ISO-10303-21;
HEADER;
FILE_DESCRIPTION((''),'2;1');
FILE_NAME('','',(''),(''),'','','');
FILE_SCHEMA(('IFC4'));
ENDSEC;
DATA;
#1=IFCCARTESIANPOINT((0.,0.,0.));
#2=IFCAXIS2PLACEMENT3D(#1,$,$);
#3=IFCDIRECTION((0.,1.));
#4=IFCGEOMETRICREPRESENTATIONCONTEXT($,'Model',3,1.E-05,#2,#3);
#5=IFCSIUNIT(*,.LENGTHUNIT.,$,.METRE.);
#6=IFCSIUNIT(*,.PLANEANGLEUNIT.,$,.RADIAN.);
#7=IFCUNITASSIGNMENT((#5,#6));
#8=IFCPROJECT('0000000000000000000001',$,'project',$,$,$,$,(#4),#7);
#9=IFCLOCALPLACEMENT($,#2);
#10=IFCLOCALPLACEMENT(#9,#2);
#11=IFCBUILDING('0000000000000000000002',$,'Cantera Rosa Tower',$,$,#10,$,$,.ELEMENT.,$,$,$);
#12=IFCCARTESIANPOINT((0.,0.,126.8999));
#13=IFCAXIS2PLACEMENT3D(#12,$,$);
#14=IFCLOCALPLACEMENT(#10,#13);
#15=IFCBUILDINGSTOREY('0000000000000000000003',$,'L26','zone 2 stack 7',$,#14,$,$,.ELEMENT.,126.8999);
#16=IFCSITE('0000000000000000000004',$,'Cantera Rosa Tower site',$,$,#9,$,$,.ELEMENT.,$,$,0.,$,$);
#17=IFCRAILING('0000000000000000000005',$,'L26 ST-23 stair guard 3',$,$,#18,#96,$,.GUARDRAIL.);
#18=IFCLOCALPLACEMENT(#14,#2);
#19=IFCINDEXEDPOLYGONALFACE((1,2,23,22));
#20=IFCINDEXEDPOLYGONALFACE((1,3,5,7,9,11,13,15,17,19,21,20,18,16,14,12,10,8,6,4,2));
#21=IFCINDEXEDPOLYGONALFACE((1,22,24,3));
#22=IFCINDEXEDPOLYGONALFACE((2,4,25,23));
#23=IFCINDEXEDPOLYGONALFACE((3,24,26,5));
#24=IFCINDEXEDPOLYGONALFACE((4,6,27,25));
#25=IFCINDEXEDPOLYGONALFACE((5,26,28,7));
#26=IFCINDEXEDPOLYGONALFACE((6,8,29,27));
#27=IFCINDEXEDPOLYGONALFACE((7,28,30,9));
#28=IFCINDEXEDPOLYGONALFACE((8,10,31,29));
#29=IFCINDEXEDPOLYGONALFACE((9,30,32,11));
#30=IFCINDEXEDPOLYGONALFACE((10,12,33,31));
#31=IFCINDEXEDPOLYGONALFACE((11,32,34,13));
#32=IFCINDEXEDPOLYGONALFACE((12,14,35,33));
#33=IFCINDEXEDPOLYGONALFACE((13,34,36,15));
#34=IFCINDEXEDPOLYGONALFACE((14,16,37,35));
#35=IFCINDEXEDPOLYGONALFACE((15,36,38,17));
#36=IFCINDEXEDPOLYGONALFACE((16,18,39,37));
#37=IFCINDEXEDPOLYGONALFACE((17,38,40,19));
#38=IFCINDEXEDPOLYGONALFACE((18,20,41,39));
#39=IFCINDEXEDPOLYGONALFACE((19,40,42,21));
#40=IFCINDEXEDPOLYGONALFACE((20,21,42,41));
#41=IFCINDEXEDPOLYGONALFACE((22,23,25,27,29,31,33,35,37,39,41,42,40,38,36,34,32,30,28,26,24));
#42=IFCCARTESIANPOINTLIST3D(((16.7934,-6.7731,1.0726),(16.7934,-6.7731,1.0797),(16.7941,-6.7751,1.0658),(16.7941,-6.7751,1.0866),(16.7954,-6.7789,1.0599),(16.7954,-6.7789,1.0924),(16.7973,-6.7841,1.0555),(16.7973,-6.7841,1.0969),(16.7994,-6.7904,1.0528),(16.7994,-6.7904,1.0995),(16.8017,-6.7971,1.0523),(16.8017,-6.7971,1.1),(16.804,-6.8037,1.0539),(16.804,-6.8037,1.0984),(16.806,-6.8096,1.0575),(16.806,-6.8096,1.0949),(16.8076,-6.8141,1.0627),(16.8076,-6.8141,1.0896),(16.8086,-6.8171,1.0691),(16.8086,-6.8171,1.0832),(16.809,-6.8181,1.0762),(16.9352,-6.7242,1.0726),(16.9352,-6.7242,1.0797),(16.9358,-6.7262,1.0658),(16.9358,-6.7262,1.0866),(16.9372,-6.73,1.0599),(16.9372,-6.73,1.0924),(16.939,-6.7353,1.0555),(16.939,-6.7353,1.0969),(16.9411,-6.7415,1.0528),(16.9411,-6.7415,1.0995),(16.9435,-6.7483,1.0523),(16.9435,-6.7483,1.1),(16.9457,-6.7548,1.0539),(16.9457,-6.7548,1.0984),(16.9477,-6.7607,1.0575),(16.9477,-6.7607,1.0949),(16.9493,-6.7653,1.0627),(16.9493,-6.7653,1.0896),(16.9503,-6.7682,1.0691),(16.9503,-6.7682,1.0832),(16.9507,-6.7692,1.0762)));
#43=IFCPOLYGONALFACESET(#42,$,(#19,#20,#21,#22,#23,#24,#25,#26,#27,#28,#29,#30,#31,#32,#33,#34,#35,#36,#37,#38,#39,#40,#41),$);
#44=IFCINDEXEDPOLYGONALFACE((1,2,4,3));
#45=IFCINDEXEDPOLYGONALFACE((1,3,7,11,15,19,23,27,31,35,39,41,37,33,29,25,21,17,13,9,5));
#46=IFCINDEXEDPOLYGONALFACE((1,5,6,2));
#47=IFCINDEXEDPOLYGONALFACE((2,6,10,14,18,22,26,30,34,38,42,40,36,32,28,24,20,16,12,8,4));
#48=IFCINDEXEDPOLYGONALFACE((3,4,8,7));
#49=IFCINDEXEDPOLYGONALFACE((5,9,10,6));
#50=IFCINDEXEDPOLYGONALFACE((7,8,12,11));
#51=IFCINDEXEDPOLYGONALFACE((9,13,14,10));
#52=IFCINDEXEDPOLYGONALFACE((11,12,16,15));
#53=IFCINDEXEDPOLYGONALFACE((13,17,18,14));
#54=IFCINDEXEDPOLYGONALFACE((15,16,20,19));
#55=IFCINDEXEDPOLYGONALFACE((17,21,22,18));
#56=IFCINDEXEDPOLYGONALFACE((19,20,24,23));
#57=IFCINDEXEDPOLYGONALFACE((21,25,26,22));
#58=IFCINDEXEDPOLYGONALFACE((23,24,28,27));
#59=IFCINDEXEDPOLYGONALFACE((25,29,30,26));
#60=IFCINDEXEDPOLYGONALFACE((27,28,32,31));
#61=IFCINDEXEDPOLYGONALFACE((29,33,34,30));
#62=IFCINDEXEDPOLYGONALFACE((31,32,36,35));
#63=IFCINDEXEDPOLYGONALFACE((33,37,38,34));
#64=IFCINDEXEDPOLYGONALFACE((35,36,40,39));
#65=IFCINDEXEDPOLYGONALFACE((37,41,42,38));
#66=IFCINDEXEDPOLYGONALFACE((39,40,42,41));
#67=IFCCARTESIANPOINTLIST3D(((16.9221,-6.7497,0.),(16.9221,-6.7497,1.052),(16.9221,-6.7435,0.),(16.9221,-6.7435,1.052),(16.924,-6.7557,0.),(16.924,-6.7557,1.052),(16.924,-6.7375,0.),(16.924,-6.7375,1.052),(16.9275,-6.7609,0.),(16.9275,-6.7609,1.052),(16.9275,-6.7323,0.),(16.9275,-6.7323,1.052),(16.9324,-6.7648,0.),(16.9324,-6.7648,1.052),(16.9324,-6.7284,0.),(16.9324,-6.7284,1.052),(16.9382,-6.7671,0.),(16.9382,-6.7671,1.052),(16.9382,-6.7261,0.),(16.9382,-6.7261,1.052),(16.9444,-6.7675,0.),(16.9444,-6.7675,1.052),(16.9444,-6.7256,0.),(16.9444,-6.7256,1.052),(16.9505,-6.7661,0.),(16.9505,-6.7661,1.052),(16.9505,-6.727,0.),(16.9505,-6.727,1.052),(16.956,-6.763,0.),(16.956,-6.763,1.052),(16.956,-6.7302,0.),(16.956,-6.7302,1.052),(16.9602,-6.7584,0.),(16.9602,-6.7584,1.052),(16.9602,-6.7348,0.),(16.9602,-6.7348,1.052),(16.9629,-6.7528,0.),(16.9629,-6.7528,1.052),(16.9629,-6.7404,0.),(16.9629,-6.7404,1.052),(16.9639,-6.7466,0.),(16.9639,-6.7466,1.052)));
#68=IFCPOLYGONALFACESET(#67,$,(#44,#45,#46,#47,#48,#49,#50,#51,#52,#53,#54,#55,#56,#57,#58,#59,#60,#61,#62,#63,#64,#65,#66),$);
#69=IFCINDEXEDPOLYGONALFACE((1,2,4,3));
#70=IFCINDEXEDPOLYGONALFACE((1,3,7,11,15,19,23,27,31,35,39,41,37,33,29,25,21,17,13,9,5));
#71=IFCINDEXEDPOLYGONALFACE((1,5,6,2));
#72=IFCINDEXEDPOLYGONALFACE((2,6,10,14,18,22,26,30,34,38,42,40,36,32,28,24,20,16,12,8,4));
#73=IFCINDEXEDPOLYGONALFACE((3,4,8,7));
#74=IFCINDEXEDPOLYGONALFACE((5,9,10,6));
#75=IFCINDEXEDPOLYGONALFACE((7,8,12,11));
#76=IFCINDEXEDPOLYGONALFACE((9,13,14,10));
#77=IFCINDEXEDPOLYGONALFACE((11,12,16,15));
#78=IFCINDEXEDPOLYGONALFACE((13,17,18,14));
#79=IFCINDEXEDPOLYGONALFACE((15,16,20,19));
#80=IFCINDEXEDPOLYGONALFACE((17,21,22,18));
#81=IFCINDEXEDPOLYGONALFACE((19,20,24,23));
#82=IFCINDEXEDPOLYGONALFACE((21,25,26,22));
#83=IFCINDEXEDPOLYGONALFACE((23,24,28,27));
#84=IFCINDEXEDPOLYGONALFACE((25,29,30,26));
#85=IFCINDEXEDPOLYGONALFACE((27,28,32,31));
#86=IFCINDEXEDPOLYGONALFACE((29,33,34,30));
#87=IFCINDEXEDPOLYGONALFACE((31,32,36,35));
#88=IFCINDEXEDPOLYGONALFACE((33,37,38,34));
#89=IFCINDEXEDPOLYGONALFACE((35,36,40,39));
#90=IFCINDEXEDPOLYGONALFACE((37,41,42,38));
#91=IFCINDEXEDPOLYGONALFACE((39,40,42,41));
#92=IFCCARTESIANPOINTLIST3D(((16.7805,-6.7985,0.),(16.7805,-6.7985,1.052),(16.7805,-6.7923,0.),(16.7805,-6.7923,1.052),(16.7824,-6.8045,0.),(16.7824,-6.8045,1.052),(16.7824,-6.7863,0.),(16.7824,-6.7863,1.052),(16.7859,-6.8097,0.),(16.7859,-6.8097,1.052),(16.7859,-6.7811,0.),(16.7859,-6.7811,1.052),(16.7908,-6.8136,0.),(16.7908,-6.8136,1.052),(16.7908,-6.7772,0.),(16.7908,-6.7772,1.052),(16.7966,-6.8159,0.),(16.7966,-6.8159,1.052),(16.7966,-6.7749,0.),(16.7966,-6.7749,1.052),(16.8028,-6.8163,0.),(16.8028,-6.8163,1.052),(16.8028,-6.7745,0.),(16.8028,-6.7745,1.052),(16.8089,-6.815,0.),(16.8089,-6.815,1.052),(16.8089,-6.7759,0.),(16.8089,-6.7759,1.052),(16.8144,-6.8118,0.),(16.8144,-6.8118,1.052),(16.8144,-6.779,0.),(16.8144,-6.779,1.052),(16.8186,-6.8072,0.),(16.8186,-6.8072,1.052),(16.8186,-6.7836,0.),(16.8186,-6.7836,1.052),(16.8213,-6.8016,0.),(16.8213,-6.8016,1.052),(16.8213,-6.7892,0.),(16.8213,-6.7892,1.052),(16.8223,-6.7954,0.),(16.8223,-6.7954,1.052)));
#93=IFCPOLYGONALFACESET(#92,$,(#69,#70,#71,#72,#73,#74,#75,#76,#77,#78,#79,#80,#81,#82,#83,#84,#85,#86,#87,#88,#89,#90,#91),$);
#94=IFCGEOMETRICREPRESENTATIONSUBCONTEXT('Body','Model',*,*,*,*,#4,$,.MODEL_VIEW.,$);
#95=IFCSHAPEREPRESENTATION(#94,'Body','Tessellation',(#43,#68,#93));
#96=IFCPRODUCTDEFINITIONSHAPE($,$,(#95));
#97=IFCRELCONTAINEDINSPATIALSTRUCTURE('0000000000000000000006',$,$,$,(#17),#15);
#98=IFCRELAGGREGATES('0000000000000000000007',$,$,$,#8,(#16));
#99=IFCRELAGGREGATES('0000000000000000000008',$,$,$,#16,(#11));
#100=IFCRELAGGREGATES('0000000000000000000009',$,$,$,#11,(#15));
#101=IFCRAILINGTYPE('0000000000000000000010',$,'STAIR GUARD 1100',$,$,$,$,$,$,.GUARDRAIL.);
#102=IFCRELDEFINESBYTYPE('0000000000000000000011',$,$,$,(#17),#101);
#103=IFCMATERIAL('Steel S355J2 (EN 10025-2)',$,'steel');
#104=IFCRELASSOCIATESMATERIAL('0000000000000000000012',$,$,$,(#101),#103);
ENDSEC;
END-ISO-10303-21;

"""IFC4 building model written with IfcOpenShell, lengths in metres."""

from ifc_helpers import new_model, si_unit, direction, frame, origin, origin_2d, place, context, subcontext, project, spatial, circle, extrude, material, type_object, element, save


model = new_model("IFC4")

# Units and contexts
model_context = context("Model", 3, precision=1e-05, world=origin(), true_north=direction((0.0, 1.0)))
body_context = subcontext(model_context, "Body", "Model", "MODEL_VIEW")
ifc_project = project(units=[si_unit("LENGTHUNIT", "METRE"), si_unit("PLANEANGLEUNIT", "RADIAN")], contexts=[model_context])

# Site, building, storey
site_placement = place(None, origin())
site = spatial("IfcSite", under=ifc_project, at=site_placement, Name="Cantera Rosa Tower site", CompositionType="ELEMENT", RefElevation=0.0)
building_placement = place(site_placement, origin())
building = spatial("IfcBuilding", under=site, at=building_placement, Name="Cantera Rosa Tower", CompositionType="ELEMENT")
storey_placement = place(building_placement, frame((0.0, 0.0, 126.8999)))
storey = spatial("IfcBuildingStorey", under=building, at=storey_placement, Name="L26", Description="zone 2 stack 7", CompositionType="ELEMENT", Elevation=126.8999)

# Railing
ifc_material_1 = material(Name="Steel S355J2 (EN 10025-2)", Category="steel")
railing_type = type_object("IfcRailingType", Name="STAIR GUARD 1100", PredefinedType="GUARDRAIL", material=ifc_material_1)
railing_1_placement = place(storey_placement, frame((16.9429, -6.7466, 0.0)))
element("IfcRailing", 1, at=railing_1_placement, inside=storey, type_object=railing_type, Name="L26 ST-23 stair guard 3", PredefinedType="GUARDRAIL", context=body_context, shape_type="SweptSolid", body=[
    extrude(circle(Radius=0.0239, at=origin_2d()), frame((0.0, 0.0, 1.0762), z_axis=(-0.945373, -0.325991, 0.0), x_axis=(0.325991, -0.945373, 0.0)), (0.0, 0.0, 1.0), 0.1499),
    extrude(circle(Radius=0.021, at=origin_2d()), origin(), (0.0, 0.0, 1.0), 1.052),
    extrude(circle(Radius=0.021, at=origin_2d()), frame((-0.1416, -0.0488, 0.0)), (0.0, 0.0, 1.0), 1.052),
])

save(model, "model.ifc")
